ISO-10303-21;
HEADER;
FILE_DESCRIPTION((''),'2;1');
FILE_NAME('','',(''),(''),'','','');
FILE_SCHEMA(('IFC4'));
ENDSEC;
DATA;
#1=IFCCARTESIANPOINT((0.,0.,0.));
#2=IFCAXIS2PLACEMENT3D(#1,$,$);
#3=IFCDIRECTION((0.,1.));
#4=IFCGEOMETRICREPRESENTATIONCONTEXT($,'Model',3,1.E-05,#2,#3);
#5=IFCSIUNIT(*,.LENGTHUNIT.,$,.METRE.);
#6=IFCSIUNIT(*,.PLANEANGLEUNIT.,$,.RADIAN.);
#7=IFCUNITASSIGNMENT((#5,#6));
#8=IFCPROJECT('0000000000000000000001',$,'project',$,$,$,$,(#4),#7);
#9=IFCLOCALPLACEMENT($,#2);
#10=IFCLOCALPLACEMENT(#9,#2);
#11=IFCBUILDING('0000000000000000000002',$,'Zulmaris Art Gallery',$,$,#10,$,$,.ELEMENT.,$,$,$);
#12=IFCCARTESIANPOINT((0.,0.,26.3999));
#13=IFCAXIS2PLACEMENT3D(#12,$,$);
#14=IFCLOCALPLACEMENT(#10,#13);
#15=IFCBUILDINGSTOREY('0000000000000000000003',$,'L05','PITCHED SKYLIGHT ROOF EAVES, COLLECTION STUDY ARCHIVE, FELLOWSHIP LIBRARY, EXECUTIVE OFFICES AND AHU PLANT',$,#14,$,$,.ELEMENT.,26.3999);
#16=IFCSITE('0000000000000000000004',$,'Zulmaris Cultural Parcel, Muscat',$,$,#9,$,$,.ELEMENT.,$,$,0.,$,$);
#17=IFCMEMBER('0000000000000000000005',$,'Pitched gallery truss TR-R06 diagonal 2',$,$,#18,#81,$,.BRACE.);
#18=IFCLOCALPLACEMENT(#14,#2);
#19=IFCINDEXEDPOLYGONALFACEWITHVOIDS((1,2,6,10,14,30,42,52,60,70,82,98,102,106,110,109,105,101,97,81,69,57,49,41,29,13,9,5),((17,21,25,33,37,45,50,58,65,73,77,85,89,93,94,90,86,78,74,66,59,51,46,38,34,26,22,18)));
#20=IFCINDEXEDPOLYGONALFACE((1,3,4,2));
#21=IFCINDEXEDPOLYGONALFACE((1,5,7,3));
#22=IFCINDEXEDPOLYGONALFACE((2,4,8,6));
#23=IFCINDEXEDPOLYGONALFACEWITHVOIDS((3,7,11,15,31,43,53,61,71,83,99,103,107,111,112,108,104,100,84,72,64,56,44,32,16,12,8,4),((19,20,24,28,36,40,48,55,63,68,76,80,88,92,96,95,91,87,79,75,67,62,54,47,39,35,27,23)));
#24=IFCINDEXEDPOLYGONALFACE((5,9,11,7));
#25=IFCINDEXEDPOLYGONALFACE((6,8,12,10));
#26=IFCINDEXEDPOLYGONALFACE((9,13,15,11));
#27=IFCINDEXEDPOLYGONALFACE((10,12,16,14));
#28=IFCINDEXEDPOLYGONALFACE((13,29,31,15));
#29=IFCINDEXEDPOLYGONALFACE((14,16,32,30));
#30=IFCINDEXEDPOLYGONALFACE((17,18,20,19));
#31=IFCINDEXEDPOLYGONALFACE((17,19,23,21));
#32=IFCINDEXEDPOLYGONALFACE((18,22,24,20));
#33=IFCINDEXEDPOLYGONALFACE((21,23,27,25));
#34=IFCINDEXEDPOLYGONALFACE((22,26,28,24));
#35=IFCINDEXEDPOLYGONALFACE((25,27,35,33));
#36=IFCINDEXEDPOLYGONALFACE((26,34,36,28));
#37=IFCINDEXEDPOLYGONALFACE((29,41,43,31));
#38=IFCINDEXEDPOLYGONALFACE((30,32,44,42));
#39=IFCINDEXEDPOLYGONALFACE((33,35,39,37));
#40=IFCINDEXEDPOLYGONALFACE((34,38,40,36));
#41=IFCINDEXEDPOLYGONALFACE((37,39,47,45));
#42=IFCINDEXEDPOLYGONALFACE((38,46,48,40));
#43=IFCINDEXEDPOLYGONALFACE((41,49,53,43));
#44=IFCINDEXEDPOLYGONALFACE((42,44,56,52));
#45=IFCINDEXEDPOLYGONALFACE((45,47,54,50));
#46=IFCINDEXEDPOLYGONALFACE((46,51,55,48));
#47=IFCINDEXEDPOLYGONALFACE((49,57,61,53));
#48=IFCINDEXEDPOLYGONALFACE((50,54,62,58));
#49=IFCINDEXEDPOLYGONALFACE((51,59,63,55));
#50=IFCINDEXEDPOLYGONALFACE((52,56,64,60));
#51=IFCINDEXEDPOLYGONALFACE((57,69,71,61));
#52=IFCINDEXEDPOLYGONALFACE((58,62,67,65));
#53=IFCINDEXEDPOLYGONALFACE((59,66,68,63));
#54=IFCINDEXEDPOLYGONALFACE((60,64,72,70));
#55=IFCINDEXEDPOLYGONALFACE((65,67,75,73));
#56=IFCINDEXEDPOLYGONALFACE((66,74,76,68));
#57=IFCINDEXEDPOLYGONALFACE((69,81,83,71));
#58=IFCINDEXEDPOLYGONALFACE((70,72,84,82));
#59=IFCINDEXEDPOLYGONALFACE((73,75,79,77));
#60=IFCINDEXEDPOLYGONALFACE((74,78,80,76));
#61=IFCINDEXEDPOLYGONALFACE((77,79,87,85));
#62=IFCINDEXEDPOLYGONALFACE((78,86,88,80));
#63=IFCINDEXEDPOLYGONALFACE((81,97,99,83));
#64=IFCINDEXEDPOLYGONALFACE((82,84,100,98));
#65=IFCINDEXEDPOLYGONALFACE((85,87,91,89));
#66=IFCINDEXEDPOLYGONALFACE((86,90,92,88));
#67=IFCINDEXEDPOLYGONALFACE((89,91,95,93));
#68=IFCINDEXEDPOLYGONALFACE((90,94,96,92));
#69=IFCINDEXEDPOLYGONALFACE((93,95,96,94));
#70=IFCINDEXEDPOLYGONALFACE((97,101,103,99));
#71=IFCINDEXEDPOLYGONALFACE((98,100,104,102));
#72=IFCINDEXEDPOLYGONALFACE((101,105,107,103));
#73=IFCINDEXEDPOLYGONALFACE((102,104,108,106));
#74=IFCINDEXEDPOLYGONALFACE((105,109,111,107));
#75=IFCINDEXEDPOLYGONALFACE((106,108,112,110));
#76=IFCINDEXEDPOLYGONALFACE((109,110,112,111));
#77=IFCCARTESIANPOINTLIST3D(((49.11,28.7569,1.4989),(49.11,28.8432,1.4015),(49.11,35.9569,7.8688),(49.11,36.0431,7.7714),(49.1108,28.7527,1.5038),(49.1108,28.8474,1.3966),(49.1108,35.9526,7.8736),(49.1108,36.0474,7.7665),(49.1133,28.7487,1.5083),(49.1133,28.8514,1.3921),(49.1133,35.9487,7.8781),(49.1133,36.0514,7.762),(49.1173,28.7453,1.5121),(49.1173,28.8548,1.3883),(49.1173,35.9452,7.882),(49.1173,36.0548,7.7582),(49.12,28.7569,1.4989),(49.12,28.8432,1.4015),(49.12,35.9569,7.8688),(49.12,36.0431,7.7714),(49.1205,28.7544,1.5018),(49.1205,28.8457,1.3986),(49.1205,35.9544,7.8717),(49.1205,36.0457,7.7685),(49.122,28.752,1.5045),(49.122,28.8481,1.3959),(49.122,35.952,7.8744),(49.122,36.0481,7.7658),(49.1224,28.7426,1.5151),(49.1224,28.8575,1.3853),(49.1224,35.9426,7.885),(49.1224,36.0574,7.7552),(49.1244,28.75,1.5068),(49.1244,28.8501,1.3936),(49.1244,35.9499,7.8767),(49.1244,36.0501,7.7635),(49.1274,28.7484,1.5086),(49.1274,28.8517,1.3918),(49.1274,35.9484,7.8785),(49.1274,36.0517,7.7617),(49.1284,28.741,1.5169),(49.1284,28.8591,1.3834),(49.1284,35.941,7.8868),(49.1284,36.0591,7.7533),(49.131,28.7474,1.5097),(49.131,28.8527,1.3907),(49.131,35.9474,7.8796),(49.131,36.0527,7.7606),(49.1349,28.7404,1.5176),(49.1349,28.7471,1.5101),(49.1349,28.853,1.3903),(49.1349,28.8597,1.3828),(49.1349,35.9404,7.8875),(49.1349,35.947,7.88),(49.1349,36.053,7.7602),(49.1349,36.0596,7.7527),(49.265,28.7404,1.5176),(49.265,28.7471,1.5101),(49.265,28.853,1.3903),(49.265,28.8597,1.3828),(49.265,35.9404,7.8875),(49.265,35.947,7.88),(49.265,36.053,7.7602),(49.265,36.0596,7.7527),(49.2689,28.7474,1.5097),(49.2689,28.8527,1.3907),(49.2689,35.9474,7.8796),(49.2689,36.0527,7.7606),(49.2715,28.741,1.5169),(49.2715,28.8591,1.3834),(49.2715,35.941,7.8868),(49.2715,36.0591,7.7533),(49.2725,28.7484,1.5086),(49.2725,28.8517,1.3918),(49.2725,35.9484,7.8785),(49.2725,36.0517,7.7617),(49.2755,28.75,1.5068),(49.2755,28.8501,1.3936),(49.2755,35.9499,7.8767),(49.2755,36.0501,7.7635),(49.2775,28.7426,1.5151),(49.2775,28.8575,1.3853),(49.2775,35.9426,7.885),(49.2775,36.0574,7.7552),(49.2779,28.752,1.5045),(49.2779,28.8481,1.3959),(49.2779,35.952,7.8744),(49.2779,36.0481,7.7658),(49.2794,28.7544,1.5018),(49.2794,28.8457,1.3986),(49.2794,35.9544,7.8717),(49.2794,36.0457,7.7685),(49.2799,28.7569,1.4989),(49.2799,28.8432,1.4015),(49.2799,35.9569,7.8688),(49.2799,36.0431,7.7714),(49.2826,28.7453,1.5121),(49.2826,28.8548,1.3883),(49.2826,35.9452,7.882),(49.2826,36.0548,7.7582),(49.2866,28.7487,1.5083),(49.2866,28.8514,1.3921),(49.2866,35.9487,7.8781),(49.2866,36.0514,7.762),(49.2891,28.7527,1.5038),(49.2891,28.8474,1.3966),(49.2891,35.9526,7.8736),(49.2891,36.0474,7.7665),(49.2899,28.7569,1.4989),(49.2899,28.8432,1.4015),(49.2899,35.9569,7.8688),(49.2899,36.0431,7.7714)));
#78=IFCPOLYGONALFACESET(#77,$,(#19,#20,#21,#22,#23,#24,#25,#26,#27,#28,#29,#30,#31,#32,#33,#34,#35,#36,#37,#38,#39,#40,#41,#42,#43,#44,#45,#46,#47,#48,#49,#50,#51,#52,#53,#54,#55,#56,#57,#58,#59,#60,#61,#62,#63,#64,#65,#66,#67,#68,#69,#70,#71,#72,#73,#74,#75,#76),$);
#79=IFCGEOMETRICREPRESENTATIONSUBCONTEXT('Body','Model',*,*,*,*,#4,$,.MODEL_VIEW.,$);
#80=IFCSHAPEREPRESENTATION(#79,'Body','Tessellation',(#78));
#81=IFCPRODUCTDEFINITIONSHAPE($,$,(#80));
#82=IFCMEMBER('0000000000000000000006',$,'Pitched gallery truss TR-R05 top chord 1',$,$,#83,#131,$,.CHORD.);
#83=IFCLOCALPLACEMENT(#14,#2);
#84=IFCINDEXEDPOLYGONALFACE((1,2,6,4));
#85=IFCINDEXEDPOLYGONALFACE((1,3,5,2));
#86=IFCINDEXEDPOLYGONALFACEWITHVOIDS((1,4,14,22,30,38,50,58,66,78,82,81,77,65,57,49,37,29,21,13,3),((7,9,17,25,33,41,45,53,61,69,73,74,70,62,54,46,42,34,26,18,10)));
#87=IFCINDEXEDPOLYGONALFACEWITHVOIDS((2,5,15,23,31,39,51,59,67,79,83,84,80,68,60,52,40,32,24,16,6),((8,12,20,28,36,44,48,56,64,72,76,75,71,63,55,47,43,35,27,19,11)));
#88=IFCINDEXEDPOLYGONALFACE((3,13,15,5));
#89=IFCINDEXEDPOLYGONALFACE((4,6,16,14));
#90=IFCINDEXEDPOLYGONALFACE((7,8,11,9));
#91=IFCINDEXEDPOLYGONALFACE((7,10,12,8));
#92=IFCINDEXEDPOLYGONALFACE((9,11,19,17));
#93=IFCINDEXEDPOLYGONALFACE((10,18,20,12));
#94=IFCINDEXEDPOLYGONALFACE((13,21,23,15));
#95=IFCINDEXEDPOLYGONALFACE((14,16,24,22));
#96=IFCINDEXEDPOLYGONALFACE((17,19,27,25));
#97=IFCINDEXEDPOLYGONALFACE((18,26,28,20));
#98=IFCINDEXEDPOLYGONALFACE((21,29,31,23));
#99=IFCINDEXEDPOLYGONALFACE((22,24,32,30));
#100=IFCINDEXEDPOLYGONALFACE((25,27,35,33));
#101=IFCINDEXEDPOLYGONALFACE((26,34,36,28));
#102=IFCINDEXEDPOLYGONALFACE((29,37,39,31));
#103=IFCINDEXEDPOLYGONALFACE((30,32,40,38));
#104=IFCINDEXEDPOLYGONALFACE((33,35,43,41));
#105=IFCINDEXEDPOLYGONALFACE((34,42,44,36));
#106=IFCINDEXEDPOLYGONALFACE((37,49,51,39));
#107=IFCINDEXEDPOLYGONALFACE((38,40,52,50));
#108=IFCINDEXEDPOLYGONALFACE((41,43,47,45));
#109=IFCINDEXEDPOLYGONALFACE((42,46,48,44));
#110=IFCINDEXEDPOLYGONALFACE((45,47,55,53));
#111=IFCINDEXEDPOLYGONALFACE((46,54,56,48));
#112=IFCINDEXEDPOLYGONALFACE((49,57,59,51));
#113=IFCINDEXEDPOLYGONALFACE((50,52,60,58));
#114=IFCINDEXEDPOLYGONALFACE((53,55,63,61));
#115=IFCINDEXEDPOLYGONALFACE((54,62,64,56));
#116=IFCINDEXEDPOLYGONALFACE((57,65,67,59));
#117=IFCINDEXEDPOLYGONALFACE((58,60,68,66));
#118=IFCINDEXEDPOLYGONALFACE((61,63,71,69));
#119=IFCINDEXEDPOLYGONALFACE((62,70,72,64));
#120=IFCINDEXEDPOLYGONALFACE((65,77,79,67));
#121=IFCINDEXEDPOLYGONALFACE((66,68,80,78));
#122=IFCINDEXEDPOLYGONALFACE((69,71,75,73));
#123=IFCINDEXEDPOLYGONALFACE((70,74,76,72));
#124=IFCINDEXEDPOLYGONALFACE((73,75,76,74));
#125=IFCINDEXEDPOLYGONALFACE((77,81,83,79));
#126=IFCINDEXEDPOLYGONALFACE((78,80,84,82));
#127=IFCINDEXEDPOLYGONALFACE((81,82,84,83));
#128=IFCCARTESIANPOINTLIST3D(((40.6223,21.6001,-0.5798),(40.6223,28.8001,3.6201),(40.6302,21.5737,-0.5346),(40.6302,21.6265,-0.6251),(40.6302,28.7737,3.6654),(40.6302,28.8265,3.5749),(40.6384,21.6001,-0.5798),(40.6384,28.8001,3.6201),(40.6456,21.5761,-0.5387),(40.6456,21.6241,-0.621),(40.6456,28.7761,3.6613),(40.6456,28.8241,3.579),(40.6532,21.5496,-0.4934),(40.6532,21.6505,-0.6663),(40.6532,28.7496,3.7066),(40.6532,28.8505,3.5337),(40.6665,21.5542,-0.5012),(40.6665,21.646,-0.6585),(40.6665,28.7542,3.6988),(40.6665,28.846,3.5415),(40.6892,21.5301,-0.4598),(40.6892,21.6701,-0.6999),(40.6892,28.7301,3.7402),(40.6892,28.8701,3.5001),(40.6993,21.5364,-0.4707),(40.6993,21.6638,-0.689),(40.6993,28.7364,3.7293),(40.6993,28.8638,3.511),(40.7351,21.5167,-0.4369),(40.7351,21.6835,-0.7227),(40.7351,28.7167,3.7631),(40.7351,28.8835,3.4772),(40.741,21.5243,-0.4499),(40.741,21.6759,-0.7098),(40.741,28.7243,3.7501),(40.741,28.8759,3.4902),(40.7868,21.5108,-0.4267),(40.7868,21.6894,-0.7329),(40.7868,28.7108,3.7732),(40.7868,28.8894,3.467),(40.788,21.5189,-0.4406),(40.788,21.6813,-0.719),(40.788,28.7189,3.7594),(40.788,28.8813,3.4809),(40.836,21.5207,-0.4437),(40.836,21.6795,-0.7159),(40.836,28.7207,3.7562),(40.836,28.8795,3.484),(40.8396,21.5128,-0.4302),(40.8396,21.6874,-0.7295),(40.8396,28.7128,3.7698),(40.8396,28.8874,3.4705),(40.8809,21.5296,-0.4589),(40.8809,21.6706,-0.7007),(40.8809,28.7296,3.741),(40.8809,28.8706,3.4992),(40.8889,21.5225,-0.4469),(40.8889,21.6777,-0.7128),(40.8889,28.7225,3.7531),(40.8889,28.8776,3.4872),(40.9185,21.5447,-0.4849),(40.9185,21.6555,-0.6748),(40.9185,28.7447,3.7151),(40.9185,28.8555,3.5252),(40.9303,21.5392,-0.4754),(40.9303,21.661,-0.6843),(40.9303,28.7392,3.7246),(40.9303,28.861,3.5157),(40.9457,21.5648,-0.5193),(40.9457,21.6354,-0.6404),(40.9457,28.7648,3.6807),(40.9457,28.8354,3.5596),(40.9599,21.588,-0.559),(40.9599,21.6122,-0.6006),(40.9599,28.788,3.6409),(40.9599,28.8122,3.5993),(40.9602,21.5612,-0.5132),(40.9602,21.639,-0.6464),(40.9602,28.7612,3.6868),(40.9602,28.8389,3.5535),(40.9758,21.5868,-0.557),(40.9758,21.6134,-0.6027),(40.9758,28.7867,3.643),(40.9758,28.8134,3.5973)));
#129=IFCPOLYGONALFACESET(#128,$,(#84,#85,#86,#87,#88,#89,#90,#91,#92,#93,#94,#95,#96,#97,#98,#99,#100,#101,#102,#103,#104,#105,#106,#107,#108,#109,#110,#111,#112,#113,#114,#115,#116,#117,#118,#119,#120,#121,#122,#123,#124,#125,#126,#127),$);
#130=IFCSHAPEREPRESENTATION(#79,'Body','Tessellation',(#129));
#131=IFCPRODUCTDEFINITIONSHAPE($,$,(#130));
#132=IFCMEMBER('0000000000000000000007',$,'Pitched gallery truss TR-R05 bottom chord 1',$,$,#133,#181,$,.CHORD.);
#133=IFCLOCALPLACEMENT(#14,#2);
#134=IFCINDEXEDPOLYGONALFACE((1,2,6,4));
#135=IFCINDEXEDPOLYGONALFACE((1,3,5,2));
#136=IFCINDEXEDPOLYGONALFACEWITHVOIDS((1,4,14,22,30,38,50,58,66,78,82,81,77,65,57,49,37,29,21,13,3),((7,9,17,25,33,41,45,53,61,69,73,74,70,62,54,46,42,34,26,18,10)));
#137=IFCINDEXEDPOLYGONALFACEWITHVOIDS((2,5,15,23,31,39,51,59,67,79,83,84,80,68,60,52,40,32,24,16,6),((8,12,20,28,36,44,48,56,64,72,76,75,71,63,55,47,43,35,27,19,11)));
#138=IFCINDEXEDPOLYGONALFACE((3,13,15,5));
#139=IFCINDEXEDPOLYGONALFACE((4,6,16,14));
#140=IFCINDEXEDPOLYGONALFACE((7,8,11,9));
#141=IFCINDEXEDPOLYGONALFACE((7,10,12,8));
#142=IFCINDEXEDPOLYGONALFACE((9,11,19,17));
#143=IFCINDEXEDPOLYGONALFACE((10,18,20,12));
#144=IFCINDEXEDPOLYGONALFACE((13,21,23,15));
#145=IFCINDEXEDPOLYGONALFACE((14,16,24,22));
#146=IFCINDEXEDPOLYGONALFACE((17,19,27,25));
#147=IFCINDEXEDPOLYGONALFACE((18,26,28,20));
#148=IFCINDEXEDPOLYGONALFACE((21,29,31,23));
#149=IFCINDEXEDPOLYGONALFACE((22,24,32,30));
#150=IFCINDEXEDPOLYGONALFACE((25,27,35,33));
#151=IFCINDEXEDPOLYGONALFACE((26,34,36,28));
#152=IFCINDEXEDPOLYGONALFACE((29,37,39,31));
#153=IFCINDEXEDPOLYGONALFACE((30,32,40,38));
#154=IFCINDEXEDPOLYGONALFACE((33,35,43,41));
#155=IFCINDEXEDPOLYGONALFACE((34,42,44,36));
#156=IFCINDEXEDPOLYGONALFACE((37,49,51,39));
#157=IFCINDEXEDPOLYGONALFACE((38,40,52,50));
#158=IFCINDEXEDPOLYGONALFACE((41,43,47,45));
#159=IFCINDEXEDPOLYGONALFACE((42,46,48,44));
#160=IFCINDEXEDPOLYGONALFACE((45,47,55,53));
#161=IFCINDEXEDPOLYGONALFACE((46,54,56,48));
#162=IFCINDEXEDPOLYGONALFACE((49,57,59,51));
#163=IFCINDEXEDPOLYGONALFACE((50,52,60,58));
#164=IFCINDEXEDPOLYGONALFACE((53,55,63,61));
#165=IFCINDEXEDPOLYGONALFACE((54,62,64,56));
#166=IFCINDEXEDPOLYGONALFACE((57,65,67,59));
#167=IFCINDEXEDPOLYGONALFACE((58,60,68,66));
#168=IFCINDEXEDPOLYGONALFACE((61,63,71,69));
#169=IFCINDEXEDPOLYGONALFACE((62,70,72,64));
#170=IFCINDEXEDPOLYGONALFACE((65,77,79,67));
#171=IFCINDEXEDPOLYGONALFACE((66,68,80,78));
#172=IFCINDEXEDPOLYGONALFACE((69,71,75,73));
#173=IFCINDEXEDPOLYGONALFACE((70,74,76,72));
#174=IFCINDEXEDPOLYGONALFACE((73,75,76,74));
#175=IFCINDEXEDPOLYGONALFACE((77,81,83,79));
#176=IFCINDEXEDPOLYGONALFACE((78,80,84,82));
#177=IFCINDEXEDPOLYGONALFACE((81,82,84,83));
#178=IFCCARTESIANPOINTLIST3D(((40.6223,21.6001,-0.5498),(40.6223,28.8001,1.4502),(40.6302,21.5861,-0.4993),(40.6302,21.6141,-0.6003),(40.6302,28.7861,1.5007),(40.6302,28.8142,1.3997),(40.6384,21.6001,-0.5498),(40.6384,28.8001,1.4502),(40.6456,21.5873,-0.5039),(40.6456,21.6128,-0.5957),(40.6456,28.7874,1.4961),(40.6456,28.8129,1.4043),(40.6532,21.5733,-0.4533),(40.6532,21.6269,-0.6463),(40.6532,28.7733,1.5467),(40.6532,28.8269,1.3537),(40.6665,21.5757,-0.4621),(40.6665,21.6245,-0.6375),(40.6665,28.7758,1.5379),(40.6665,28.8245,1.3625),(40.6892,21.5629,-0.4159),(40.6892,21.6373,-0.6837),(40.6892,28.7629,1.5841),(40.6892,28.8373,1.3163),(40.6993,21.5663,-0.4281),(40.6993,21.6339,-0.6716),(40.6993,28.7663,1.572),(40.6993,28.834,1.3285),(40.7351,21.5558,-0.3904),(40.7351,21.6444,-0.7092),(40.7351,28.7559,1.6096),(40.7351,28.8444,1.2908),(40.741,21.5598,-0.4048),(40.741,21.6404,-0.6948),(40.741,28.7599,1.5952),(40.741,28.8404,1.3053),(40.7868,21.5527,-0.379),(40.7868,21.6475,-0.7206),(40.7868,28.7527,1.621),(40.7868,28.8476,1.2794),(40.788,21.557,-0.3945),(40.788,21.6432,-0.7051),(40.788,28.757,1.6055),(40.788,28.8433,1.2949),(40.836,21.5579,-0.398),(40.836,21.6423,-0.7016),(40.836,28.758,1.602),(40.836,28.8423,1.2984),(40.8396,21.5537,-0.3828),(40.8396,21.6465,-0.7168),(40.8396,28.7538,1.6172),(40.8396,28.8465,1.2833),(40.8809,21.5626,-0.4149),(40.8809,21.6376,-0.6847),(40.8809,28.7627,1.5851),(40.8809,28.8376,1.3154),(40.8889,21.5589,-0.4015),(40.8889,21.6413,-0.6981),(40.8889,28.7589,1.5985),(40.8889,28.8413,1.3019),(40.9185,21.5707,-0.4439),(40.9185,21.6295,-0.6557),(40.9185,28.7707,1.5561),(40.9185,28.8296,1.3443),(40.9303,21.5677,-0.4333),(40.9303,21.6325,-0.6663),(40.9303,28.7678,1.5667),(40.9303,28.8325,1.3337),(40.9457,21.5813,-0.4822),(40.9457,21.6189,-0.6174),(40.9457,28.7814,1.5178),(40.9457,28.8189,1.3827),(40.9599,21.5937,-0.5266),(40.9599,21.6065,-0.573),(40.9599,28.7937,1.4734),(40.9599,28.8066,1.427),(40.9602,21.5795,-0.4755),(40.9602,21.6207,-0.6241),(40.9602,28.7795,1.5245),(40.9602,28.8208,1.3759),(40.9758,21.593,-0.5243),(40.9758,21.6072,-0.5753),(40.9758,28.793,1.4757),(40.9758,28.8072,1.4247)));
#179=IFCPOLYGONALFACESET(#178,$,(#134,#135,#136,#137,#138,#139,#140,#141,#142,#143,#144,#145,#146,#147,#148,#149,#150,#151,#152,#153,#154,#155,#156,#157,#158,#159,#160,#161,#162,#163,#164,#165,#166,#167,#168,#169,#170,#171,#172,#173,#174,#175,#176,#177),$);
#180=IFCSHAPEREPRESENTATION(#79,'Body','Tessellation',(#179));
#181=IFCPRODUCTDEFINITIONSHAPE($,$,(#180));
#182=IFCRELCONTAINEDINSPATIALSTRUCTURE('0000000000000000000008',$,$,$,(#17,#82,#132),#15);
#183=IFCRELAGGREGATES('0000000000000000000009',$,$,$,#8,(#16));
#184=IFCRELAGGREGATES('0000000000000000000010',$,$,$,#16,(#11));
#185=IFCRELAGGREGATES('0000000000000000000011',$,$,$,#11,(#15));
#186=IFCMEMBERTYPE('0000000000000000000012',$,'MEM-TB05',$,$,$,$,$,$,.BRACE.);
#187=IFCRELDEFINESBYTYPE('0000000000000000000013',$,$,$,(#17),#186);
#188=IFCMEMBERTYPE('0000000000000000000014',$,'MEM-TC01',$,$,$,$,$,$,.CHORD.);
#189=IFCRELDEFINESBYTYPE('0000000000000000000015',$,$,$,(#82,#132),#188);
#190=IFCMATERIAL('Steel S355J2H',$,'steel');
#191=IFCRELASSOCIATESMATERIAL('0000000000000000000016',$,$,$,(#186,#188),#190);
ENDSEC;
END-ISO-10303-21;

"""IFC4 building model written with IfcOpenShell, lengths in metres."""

from ifc_helpers import new_model, si_unit, direction, frame, origin, origin_2d, place, context, subcontext, project, spatial, hollow_rectangle, hollow_circle, extrude, material, material_profile, profile_set, type_object, element, save


model = new_model("IFC4")

# Units and contexts
model_context = context("Model", 3, precision=1e-05, world=origin(), true_north=direction((0.0, 1.0)))
body_context = subcontext(model_context, "Body", "Model", "MODEL_VIEW")
ifc_project = project(units=[si_unit("LENGTHUNIT", "METRE"), si_unit("PLANEANGLEUNIT", "RADIAN")], contexts=[model_context])

# Site, building, storey
site_placement = place(None, origin())
site = spatial("IfcSite", under=ifc_project, at=site_placement, Name="Zulmaris Cultural Parcel, Muscat", CompositionType="ELEMENT", RefElevation=0.0)
building_placement = place(site_placement, origin())
building = spatial("IfcBuilding", under=site, at=building_placement, Name="Zulmaris Art Gallery", CompositionType="ELEMENT")
storey_placement = place(building_placement, frame((0.0, 0.0, 26.3999)))
storey = spatial("IfcBuildingStorey", under=building, at=storey_placement, Name="L05", Description="PITCHED SKYLIGHT ROOF EAVES, COLLECTION STUDY ARCHIVE, FELLOWSHIP LIBRARY, EXECUTIVE OFFICES AND AHU PLANT", CompositionType="ELEMENT", Elevation=26.3999)

# Members
ifc_material_1 = material(Name="Steel S355J2H", Category="steel")
ifc_material_profile_1 = material_profile(ifc_material_1, hollow_rectangle(XDim=0.1799, YDim=0.1799, WallThickness=0.01, InnerFilletRadius=0.0149, OuterFilletRadius=0.0249, at=origin_2d()), Name="SHS 180x180x10")
ifc_profile_set_1 = profile_set([ifc_material_profile_1], Name="Steel S355J2H")
member_type_1 = type_object("IfcMemberType", Name="MEM-TB05", PredefinedType="BRACE", material=ifc_profile_set_1)
member_1_placement = place(storey_placement, frame((49.2, 28.8, 1.4502), z_axis=(0.0, 0.748961, 0.662614), x_axis=(-1.0, 0.0, 0.0)))
element("IfcMember", 1, at=member_1_placement, inside=storey, type_object=member_type_1, Name="Pitched gallery truss TR-R06 diagonal 2", PredefinedType="BRACE", context=body_context, shape_type="SweptSolid", body=[
    extrude(hollow_rectangle(XDim=0.1799, YDim=0.1799, WallThickness=0.01, InnerFilletRadius=0.0149, OuterFilletRadius=0.0249, at=origin_2d()), origin(), (0.0, 0.0, 1.0), 9.6133),
])
ifc_material_profile_2 = material_profile(ifc_material_1, hollow_circle(Radius=0.1777, WallThickness=0.0161, at=origin_2d()), Name="CHS 355.6x16")
ifc_profile_set_2 = profile_set([ifc_material_profile_2], Name="Steel S355J2H")
member_type_2 = type_object("IfcMemberType", Name="MEM-TC01", PredefinedType="CHORD", material=ifc_profile_set_2)
member_2_placement = place(storey_placement, frame((40.8, 21.6001, -0.5798), z_axis=(0.0, 0.86378, 0.503869), x_axis=(-1.0, 0.0, 0.0)))
element("IfcMember", 2, at=member_2_placement, inside=storey, type_object=member_type_2, Name="Pitched gallery truss TR-R05 top chord 1", PredefinedType="CHORD", context=body_context, shape_type="SweptSolid", body=[
    extrude(hollow_circle(Radius=0.1777, WallThickness=0.0161, at=origin_2d()), origin(), (0.0, 0.0, 1.0), 8.3354),
])
member_3_placement = place(storey_placement, frame((40.8, 21.6001, -0.5498), z_axis=(0.0, 0.963517, 0.267646), x_axis=(-1.0, 0.0, 0.0)))
element("IfcMember", 3, at=member_3_placement, inside=storey, type_object=member_type_2, Name="Pitched gallery truss TR-R05 bottom chord 1", PredefinedType="CHORD", context=body_context, shape_type="SweptSolid", body=[
    extrude(hollow_circle(Radius=0.1777, WallThickness=0.0161, at=origin_2d()), origin(), (0.0, 0.0, 1.0), 7.4727),
])

save(model, "model.ifc")
